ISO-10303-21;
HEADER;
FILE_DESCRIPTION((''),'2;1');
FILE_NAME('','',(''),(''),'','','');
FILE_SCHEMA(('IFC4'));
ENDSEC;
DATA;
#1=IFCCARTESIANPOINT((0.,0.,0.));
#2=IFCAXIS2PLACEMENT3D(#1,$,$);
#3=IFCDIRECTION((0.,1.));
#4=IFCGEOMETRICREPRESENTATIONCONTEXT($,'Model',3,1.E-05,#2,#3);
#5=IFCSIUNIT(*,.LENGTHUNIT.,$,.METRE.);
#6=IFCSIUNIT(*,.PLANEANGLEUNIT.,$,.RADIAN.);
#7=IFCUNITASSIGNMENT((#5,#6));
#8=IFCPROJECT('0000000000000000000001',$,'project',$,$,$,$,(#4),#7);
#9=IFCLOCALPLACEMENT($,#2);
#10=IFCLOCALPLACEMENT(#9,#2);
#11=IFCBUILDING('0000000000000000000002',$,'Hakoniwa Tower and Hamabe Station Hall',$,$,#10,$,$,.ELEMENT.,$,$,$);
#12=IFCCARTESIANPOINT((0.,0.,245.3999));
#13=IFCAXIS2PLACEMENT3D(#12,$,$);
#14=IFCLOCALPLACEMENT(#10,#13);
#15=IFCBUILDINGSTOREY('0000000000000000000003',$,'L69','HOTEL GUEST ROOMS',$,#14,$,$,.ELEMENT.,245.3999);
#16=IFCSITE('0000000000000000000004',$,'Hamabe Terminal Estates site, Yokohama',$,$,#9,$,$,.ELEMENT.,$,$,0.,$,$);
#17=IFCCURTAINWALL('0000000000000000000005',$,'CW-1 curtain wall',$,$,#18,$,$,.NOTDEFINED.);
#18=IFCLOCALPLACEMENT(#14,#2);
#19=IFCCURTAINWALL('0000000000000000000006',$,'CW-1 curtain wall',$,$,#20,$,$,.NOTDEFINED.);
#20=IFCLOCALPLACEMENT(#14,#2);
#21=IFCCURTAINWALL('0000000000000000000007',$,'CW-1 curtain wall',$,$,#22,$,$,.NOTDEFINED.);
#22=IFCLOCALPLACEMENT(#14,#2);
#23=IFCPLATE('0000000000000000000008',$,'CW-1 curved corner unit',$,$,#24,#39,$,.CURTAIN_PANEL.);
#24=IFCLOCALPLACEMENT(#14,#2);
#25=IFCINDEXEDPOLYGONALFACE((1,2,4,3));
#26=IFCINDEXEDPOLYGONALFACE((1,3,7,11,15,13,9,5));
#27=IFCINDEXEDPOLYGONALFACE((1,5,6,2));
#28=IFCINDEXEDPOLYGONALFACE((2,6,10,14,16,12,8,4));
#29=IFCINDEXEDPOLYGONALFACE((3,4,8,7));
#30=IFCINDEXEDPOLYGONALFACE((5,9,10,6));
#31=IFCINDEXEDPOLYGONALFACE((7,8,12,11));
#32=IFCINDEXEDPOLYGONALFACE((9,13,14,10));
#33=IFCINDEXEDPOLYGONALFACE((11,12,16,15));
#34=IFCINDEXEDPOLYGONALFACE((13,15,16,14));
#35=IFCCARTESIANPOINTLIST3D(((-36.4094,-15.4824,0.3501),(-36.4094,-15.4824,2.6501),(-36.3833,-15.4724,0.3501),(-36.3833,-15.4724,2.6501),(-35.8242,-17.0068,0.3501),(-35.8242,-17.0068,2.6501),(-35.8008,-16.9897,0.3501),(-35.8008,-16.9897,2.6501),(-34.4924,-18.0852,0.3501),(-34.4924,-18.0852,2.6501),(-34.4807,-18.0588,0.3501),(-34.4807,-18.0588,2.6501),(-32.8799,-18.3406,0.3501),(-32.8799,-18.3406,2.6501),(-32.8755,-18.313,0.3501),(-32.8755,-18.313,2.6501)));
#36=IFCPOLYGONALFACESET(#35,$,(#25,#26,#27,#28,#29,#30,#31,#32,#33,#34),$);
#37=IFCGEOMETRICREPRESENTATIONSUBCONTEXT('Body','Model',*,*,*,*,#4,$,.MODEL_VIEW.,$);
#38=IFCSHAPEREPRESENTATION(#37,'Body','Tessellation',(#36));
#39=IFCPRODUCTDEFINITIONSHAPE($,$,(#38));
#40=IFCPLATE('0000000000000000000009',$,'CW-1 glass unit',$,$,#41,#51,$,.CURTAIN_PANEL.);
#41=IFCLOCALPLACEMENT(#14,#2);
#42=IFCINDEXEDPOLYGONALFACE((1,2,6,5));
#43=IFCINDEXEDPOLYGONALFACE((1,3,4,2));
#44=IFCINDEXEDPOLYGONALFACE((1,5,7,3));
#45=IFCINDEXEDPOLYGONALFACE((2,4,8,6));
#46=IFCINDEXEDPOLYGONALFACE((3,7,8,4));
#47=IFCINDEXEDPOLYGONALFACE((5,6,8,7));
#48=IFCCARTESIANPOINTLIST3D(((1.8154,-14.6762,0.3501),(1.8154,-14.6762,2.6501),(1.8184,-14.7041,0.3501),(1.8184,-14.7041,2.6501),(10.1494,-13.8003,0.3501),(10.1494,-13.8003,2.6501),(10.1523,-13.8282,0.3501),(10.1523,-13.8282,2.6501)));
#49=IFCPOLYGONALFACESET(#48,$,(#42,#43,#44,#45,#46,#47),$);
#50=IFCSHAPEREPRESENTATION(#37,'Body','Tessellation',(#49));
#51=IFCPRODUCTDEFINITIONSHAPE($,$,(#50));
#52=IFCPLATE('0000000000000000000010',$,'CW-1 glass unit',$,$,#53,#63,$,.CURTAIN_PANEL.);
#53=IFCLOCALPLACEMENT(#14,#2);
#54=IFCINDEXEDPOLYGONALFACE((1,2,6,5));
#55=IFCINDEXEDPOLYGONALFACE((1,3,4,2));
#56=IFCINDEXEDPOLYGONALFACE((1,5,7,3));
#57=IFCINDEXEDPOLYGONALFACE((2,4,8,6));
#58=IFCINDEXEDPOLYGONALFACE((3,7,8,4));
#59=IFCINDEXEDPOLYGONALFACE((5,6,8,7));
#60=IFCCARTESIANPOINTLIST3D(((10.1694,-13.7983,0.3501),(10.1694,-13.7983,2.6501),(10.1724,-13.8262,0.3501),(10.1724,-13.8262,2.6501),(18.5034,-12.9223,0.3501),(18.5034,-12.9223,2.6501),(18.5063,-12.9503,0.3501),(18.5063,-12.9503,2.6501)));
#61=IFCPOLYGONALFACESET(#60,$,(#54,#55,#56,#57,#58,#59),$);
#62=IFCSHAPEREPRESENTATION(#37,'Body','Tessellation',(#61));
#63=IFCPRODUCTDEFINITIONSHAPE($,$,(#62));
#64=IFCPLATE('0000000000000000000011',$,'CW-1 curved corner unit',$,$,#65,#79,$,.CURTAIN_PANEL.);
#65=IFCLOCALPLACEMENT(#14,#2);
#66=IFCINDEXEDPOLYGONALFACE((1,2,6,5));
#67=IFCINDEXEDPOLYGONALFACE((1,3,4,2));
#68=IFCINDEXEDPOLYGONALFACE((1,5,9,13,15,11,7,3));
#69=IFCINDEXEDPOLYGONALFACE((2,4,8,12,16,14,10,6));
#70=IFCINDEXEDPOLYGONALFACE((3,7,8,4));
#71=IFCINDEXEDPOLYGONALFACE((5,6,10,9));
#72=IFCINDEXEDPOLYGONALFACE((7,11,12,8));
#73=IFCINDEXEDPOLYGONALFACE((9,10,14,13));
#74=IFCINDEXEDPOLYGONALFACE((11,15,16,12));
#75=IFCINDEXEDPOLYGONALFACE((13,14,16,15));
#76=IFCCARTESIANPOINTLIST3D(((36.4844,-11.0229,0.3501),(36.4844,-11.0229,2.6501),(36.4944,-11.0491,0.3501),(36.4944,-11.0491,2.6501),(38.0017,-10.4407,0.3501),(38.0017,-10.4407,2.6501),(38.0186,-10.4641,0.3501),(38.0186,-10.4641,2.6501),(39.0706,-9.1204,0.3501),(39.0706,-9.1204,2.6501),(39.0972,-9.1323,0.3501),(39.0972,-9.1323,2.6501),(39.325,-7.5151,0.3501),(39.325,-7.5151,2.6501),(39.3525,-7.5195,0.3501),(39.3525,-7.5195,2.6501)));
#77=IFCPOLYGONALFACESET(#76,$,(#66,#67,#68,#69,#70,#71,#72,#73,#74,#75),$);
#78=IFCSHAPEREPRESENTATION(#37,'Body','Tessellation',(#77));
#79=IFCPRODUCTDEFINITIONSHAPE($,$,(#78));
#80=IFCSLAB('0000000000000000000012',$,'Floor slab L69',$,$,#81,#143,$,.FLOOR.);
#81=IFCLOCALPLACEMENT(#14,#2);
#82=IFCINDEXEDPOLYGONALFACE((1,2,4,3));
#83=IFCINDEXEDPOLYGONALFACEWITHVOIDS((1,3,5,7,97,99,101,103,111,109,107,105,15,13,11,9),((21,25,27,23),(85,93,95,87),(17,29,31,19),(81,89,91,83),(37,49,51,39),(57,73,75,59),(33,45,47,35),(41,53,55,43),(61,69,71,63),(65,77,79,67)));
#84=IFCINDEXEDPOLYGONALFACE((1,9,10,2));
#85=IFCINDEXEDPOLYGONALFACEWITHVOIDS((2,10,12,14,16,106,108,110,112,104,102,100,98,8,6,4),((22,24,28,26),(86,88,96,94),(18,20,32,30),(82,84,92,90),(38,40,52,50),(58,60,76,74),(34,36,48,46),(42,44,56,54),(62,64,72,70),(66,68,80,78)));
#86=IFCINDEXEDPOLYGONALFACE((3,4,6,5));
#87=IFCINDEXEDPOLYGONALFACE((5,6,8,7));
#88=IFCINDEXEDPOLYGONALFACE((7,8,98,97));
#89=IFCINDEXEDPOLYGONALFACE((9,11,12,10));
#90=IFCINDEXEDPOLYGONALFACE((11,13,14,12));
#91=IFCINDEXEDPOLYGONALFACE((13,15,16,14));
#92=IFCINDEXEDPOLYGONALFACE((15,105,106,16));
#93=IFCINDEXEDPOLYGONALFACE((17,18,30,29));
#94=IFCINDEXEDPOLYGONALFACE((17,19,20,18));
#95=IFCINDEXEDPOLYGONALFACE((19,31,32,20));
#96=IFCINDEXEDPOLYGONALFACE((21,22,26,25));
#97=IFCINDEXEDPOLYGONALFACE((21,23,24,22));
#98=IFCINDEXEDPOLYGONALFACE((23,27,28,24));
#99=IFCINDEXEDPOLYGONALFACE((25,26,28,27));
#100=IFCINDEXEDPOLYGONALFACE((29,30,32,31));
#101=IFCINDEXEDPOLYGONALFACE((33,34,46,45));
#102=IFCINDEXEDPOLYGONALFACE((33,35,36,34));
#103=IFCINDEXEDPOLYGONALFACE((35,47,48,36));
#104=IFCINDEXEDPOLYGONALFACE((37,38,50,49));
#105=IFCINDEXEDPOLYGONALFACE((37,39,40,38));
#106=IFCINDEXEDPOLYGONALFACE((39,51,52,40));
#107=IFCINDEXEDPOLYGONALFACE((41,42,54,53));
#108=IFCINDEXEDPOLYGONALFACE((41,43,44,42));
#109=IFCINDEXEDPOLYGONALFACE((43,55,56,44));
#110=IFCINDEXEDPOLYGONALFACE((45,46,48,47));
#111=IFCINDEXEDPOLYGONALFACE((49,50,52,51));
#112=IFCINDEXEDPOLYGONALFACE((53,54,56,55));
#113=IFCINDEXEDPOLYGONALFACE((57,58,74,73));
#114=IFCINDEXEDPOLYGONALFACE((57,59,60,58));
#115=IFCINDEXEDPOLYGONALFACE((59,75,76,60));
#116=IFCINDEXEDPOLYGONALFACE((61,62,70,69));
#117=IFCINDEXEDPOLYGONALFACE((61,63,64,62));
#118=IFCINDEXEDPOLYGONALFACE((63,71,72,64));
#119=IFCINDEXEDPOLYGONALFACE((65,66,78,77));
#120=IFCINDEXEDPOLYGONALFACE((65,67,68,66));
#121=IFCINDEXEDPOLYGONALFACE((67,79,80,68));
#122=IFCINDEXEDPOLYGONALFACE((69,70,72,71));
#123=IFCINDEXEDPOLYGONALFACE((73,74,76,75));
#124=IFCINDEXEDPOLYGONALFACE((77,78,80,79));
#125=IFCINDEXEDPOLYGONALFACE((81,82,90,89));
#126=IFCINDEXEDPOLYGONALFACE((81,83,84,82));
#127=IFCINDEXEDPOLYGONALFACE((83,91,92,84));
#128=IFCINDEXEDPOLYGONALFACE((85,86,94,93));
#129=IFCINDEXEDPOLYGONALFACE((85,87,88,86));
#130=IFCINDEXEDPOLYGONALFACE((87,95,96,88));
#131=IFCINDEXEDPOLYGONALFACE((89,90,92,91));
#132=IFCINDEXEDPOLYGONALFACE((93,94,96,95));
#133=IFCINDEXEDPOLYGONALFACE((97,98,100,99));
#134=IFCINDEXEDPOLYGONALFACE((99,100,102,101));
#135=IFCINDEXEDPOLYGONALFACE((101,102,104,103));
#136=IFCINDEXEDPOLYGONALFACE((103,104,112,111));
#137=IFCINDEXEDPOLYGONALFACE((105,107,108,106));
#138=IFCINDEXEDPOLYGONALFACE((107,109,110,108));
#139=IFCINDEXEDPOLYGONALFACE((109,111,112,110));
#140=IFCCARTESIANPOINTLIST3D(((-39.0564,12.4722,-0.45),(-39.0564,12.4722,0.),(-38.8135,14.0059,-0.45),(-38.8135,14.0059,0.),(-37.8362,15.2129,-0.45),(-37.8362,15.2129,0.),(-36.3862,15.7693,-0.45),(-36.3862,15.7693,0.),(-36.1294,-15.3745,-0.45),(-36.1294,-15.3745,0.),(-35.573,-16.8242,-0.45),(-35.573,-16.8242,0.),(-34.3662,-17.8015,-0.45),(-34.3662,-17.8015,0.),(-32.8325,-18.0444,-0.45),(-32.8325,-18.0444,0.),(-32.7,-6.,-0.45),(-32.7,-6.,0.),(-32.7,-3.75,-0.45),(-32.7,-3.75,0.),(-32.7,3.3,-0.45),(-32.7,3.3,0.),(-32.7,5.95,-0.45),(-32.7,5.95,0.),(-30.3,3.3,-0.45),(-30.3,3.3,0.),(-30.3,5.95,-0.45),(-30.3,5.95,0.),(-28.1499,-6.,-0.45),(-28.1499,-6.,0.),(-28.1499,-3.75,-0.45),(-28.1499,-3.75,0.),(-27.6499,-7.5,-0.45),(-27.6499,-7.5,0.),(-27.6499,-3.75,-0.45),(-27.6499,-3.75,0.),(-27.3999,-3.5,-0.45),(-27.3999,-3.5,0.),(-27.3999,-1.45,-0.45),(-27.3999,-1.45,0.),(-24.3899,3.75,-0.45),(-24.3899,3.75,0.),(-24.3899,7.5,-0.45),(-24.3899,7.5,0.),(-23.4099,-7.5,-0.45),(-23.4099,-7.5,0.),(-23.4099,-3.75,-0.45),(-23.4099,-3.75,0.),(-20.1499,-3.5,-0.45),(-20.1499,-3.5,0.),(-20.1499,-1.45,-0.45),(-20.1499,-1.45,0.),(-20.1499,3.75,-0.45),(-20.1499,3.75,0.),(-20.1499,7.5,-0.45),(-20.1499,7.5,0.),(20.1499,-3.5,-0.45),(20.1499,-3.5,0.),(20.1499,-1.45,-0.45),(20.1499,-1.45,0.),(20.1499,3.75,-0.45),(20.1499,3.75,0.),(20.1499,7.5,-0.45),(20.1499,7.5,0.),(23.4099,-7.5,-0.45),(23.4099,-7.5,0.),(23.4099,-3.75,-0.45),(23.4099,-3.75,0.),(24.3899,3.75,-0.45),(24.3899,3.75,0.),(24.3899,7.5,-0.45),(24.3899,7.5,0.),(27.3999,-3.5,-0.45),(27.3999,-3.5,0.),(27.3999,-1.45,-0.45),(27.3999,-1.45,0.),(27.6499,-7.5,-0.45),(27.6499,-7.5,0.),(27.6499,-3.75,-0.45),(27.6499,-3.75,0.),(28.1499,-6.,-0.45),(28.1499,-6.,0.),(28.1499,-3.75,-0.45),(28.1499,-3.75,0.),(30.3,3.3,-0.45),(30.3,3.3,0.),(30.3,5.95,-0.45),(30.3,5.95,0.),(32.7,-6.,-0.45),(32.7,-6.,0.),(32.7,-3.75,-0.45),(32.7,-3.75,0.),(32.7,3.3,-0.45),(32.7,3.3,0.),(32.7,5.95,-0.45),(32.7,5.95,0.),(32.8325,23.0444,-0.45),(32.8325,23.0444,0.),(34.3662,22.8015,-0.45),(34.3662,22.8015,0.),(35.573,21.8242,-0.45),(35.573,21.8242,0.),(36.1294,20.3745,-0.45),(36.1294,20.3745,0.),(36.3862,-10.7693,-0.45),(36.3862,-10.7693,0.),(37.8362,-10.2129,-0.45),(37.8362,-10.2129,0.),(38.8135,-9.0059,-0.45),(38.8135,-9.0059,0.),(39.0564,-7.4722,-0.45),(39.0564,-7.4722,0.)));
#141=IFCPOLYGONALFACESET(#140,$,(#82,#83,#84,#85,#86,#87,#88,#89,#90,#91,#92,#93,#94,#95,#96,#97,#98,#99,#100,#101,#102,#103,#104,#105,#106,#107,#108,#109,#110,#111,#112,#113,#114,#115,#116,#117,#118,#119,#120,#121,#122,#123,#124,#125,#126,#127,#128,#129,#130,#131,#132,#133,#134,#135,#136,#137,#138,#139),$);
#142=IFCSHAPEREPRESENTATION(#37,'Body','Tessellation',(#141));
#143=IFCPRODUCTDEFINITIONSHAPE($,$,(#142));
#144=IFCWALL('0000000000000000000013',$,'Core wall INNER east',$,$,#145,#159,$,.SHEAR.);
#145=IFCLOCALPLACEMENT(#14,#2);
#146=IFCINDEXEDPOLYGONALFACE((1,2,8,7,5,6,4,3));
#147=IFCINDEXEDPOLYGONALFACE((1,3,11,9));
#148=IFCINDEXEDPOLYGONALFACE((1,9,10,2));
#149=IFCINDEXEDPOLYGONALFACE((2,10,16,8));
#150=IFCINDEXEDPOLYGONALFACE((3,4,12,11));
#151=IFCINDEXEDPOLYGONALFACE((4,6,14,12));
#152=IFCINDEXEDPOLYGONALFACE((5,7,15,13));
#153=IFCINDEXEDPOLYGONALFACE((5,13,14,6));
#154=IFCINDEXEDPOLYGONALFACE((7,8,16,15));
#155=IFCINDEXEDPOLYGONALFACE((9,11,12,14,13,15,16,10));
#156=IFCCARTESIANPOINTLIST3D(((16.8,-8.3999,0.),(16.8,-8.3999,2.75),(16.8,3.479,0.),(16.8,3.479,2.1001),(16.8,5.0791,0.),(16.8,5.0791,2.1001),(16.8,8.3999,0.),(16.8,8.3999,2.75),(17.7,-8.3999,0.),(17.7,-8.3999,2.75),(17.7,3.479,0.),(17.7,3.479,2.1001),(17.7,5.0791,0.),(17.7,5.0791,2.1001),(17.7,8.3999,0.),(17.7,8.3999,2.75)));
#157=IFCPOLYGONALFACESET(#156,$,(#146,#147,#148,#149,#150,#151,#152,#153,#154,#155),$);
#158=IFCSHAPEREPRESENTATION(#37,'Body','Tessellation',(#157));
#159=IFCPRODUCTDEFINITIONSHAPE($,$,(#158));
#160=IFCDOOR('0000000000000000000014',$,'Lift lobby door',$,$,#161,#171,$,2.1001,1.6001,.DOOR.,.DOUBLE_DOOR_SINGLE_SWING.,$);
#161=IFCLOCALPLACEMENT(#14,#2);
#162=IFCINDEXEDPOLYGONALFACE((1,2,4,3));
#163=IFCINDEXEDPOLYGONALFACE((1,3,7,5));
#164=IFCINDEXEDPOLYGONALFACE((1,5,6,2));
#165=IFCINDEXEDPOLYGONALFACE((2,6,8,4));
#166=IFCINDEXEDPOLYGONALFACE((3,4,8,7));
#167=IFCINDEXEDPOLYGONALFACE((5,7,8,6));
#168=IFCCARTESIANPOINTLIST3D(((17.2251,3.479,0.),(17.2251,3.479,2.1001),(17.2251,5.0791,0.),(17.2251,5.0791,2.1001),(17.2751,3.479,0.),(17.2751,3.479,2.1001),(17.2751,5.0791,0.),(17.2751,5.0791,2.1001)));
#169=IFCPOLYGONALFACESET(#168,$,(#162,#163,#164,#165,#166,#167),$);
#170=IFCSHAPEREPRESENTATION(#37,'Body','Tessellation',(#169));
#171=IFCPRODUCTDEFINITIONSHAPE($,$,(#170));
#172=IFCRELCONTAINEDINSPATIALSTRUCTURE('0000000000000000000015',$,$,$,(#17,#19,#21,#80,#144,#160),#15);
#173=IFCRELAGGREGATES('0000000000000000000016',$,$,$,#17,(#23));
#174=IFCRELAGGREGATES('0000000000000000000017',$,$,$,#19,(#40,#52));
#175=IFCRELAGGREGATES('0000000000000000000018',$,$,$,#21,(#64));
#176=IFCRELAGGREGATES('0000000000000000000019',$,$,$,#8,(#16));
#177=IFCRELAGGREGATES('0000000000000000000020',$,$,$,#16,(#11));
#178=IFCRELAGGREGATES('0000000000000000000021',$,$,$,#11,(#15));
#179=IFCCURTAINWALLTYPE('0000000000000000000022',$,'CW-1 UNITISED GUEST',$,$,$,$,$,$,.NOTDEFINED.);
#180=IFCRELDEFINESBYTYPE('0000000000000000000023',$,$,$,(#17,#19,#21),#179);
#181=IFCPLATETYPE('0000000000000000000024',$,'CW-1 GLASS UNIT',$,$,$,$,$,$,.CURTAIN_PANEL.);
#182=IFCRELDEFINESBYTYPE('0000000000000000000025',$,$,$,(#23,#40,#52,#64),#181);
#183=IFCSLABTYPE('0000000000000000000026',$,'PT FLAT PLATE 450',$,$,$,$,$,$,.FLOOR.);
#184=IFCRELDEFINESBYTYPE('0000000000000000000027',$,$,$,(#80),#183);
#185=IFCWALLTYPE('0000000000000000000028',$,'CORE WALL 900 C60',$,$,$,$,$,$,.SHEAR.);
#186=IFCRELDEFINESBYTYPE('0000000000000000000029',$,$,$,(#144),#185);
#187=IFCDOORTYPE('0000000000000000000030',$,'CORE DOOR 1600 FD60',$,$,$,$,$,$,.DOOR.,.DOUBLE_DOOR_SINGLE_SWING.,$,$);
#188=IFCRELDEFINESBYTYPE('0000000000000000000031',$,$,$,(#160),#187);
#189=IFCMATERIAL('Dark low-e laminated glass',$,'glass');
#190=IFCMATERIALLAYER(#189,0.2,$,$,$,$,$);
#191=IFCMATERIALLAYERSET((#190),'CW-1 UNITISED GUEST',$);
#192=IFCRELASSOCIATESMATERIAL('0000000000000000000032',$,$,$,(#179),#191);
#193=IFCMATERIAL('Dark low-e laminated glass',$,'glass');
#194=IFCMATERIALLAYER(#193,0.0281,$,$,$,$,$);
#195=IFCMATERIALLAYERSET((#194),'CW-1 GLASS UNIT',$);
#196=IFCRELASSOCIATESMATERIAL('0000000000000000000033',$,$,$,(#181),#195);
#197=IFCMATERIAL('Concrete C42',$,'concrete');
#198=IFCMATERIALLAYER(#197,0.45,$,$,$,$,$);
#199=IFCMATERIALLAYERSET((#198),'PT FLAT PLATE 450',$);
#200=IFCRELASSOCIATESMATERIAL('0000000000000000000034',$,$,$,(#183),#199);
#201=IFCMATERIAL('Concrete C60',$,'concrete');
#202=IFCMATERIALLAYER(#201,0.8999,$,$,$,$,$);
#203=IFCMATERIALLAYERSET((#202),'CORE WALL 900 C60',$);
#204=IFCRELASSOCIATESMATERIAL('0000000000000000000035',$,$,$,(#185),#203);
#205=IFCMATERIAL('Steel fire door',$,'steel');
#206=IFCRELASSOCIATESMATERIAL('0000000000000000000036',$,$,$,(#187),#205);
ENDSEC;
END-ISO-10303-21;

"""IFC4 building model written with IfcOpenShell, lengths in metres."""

from ifc_helpers import new_model, si_unit, direction, frame, frame_2d, origin, origin_2d, place, context, subcontext, project, spatial, polyline, rectangle, outline, extrude, material, layer, layer_set, type_object, element, fill, aggregate, save


model = new_model("IFC4")

# Units and contexts
model_context = context("Model", 3, precision=1e-05, world=origin(), true_north=direction((0.0, 1.0)))
body_context = subcontext(model_context, "Body", "Model", "MODEL_VIEW")
ifc_project = project(units=[si_unit("LENGTHUNIT", "METRE"), si_unit("PLANEANGLEUNIT", "RADIAN")], contexts=[model_context])

# Site, building, storey
site_placement = place(None, origin())
site = spatial("IfcSite", under=ifc_project, at=site_placement, Name="Hamabe Terminal Estates site, Yokohama", CompositionType="ELEMENT", RefElevation=0.0)
building_placement = place(site_placement, origin())
building = spatial("IfcBuilding", under=site, at=building_placement, Name="Hakoniwa Tower and Hamabe Station Hall", CompositionType="ELEMENT")
storey_placement = place(building_placement, frame((0.0, 0.0, 245.3999)))
storey = spatial("IfcBuildingStorey", under=building, at=storey_placement, Name="L69", Description="HOTEL GUEST ROOMS", CompositionType="ELEMENT", Elevation=245.3999)

# Curtain walls
ifc_material_1 = material(Name="Dark low-e laminated glass", Category="glass")
ifc_layer_1 = layer(ifc_material_1, 0.2)
ifc_layer_set_1 = layer_set([ifc_layer_1], Name="CW-1 UNITISED GUEST")
curtain_wall_type = type_object("IfcCurtainWallType", Name="CW-1 UNITISED GUEST", PredefinedType="NOTDEFINED", material=ifc_layer_set_1)
curtain_wall_1_placement = place(storey_placement, origin())
curtain_wall_1 = element("IfcCurtainWall", 1, at=curtain_wall_1_placement, inside=storey, type_object=curtain_wall_type, Name="CW-1 curtain wall", PredefinedType="NOTDEFINED")
curtain_wall_2_placement = place(storey_placement, origin())
curtain_wall_2 = element("IfcCurtainWall", 2, at=curtain_wall_2_placement, inside=storey, type_object=curtain_wall_type, Name="CW-1 curtain wall", PredefinedType="NOTDEFINED")
curtain_wall_3_placement = place(storey_placement, origin())
curtain_wall_3 = element("IfcCurtainWall", 3, at=curtain_wall_3_placement, inside=storey, type_object=curtain_wall_type, Name="CW-1 curtain wall", PredefinedType="NOTDEFINED")

# Plates
ifc_material_2 = material(Name="Dark low-e laminated glass", Category="glass")
ifc_layer_2 = layer(ifc_material_2, 0.0281)
ifc_layer_set_2 = layer_set([ifc_layer_2], Name="CW-1 GLASS UNIT")
plate_type = type_object("IfcPlateType", Name="CW-1 GLASS UNIT", PredefinedType="CURTAIN_PANEL", material=ifc_layer_set_2)
plate_1_placement = place(storey_placement, frame((0.0, 0.0, 0.3501)))
plate_1 = element("IfcPlate", 4, at=plate_1_placement, type_object=plate_type, Name="CW-1 curved corner unit", PredefinedType="CURTAIN_PANEL", context=body_context, shape_type="SweptSolid", body=[
    extrude(outline(polyline([(-36.4094, -15.4824), (-35.8242, -17.0068), (-34.4924, -18.0852), (-32.8799, -18.3406), (-32.8755, -18.313), (-34.4807, -18.0588), (-35.8008, -16.9897), (-36.3833, -15.4724), (-36.4094, -15.4824)])), origin(), (0.0, 0.0, 1.0), 2.3),
])
aggregate(curtain_wall_1, [plate_1])
plate_2_placement = place(storey_placement, frame((5.9839, -14.2522, 0.3501), z_axis=(0.0, 0.0, 1.0), x_axis=(0.994522, 0.104528, 0.0)))
plate_2 = element("IfcPlate", 5, at=plate_2_placement, type_object=plate_type, Name="CW-1 glass unit", PredefinedType="CURTAIN_PANEL", context=body_context, shape_type="SweptSolid", body=[
    extrude(rectangle(XDim=8.3799, YDim=0.0281, at=origin_2d()), origin(), (0.0, 0.0, 1.0), 2.3),
])
plate_3_placement = place(storey_placement, frame((14.3379, -13.3743, 0.3501), z_axis=(0.0, 0.0, 1.0), x_axis=(0.994522, 0.104528, 0.0)))
plate_3 = element("IfcPlate", 6, at=plate_3_placement, type_object=plate_type, Name="CW-1 glass unit", PredefinedType="CURTAIN_PANEL", context=body_context, shape_type="SweptSolid", body=[
    extrude(rectangle(XDim=8.3799, YDim=0.0281, at=origin_2d()), origin(), (0.0, 0.0, 1.0), 2.3),
])
aggregate(curtain_wall_2, [plate_2, plate_3])
plate_4_placement = place(storey_placement, frame((0.0, 0.0, 0.3501)))
plate_4 = element("IfcPlate", 7, at=plate_4_placement, type_object=plate_type, Name="CW-1 curved corner unit", PredefinedType="CURTAIN_PANEL", context=body_context, shape_type="SweptSolid", body=[
    extrude(outline(polyline([(36.4944, -11.0491), (38.0186, -10.4641), (39.0972, -9.1323), (39.3525, -7.5195), (39.325, -7.5151), (39.0706, -9.1204), (38.0017, -10.4407), (36.4844, -11.0229), (36.4944, -11.0491)])), origin(), (0.0, 0.0, 1.0), 2.3),
])
aggregate(curtain_wall_3, [plate_4])

# Slab
ifc_material_3 = material(Name="Concrete C42", Category="concrete")
ifc_layer_3 = layer(ifc_material_3, 0.45)
ifc_layer_set_3 = layer_set([ifc_layer_3], Name="PT FLAT PLATE 450")
slab_type_1 = type_object("IfcSlabType", Name="PT FLAT PLATE 450", PredefinedType="FLOOR", material=ifc_layer_set_3)
slab_1_placement = place(storey_placement, frame((0.0, 0.0, -0.45)))
element("IfcSlab", 8, at=slab_1_placement, inside=storey, type_object=slab_type_1, Name="Floor slab L69", PredefinedType="FLOOR", context=body_context, shape_type="SweptSolid", body=[
    extrude(outline(polyline([(39.0564, -7.4722), (36.1294, 20.3745), (35.573, 21.8242), (34.3662, 22.8015), (32.8325, 23.0444), (-36.3862, 15.7693), (-37.8362, 15.2129), (-38.8135, 14.0059), (-39.0564, 12.4722), (-36.1294, -15.3745), (-35.573, -16.8242), (-34.3662, -17.8015), (-32.8325, -18.0444), (36.3862, -10.7693), (37.8362, -10.2129), (38.8135, -9.0059), (39.0564, -7.4722)]), holes=[polyline([(-27.3999, -3.5), (-27.3999, -1.45), (-20.1499, -1.45), (-20.1499, -3.5), (-27.3999, -3.5)]), polyline([(-32.7, 3.3), (-32.7, 5.95), (-30.3, 5.95), (-30.3, 3.3), (-32.7, 3.3)]), polyline([(-32.7, -6.0), (-32.7, -3.75), (-28.1499, -3.75), (-28.1499, -6.0), (-32.7, -6.0)]), polyline([(-24.3899, 3.75), (-24.3899, 7.5), (-20.1499, 7.5), (-20.1499, 3.75), (-24.3899, 3.75)]), polyline([(-27.6499, -7.5), (-27.6499, -3.75), (-23.4099, -3.75), (-23.4099, -7.5), (-27.6499, -7.5)]), polyline([(20.1499, -3.5), (20.1499, -1.45), (27.3999, -1.45), (27.3999, -3.5), (20.1499, -3.5)]), polyline([(30.3, 3.3), (30.3, 5.95), (32.7, 5.95), (32.7, 3.3), (30.3, 3.3)]), polyline([(28.1499, -6.0), (28.1499, -3.75), (32.7, -3.75), (32.7, -6.0), (28.1499, -6.0)]), polyline([(20.1499, 3.75), (20.1499, 7.5), (24.3899, 7.5), (24.3899, 3.75), (20.1499, 3.75)]), polyline([(23.4099, -7.5), (23.4099, -3.75), (27.6499, -3.75), (27.6499, -7.5), (23.4099, -7.5)])]), origin(), (0.0, 0.0, 1.0), 0.45),
])

# Wall, opening, door
ifc_material_4 = material(Name="Concrete C60", Category="concrete")
ifc_layer_4 = layer(ifc_material_4, 0.8999)
ifc_layer_set_4 = layer_set([ifc_layer_4], Name="CORE WALL 900 C60")
wall_type_1 = type_object("IfcWallType", Name="CORE WALL 900 C60", PredefinedType="SHEAR", material=ifc_layer_set_4)
wall_1_placement = place(storey_placement, frame((17.25, -8.3999, 0.0), z_axis=(0.0, 0.0, 1.0), x_axis=(0.0, 1.0, 0.0)))
wall_1 = element("IfcWall", 9, at=wall_1_placement, inside=storey, type_object=wall_type_1, Name="Core wall INNER east", PredefinedType="SHEAR", context=body_context, shape_type="SweptSolid", body=[
    extrude(rectangle(XDim=16.7998, YDim=0.8999, at=frame_2d((8.3999, 0.0))), origin(), (0.0, 0.0, 1.0), 2.75),
])
opening_1_placement = place(wall_1_placement, frame((11.8789, 0.0, 0.0)))
opening_1 = element("IfcOpeningElement", 10, at=opening_1_placement, cuts=wall_1, PredefinedType="OPENING", context=body_context, shape_type="SweptSolid", body=[
    extrude(rectangle(XDim=1.6001, YDim=2.1001, at=frame_2d((0.8, 1.05))), frame((0.0, 0.46, 0.0), z_axis=(0.0, -1.0, 0.0), x_axis=(1.0, 0.0, 0.0)), (0.0, 0.0, 1.0), 0.9199),
])
ifc_material_5 = material(Name="Steel fire door", Category="steel")
door_type_1 = type_object("IfcDoorType", Name="CORE DOOR 1600 FD60", OperationType="DOUBLE_DOOR_SINGLE_SWING", PredefinedType="DOOR", material=ifc_material_5)
door_1_placement = place(opening_1_placement, origin())
door_1 = element("IfcDoor", 11, at=door_1_placement, inside=storey, type_object=door_type_1, Name="Lift lobby door", OperationType="DOUBLE_DOOR_SINGLE_SWING", OverallHeight=2.1001, OverallWidth=1.6001, PredefinedType="DOOR", context=body_context, shape_type="SweptSolid", body=[
    extrude(rectangle(XDim=1.6001, YDim=2.1001, at=frame_2d((0.8, 1.05))), frame((0.0, 0.0249, 0.0), z_axis=(0.0, -1.0, 0.0), x_axis=(1.0, 0.0, 0.0)), (0.0, 0.0, 1.0), 0.05),
])
fill(opening_1, door_1)

save(model, "model.ifc")
